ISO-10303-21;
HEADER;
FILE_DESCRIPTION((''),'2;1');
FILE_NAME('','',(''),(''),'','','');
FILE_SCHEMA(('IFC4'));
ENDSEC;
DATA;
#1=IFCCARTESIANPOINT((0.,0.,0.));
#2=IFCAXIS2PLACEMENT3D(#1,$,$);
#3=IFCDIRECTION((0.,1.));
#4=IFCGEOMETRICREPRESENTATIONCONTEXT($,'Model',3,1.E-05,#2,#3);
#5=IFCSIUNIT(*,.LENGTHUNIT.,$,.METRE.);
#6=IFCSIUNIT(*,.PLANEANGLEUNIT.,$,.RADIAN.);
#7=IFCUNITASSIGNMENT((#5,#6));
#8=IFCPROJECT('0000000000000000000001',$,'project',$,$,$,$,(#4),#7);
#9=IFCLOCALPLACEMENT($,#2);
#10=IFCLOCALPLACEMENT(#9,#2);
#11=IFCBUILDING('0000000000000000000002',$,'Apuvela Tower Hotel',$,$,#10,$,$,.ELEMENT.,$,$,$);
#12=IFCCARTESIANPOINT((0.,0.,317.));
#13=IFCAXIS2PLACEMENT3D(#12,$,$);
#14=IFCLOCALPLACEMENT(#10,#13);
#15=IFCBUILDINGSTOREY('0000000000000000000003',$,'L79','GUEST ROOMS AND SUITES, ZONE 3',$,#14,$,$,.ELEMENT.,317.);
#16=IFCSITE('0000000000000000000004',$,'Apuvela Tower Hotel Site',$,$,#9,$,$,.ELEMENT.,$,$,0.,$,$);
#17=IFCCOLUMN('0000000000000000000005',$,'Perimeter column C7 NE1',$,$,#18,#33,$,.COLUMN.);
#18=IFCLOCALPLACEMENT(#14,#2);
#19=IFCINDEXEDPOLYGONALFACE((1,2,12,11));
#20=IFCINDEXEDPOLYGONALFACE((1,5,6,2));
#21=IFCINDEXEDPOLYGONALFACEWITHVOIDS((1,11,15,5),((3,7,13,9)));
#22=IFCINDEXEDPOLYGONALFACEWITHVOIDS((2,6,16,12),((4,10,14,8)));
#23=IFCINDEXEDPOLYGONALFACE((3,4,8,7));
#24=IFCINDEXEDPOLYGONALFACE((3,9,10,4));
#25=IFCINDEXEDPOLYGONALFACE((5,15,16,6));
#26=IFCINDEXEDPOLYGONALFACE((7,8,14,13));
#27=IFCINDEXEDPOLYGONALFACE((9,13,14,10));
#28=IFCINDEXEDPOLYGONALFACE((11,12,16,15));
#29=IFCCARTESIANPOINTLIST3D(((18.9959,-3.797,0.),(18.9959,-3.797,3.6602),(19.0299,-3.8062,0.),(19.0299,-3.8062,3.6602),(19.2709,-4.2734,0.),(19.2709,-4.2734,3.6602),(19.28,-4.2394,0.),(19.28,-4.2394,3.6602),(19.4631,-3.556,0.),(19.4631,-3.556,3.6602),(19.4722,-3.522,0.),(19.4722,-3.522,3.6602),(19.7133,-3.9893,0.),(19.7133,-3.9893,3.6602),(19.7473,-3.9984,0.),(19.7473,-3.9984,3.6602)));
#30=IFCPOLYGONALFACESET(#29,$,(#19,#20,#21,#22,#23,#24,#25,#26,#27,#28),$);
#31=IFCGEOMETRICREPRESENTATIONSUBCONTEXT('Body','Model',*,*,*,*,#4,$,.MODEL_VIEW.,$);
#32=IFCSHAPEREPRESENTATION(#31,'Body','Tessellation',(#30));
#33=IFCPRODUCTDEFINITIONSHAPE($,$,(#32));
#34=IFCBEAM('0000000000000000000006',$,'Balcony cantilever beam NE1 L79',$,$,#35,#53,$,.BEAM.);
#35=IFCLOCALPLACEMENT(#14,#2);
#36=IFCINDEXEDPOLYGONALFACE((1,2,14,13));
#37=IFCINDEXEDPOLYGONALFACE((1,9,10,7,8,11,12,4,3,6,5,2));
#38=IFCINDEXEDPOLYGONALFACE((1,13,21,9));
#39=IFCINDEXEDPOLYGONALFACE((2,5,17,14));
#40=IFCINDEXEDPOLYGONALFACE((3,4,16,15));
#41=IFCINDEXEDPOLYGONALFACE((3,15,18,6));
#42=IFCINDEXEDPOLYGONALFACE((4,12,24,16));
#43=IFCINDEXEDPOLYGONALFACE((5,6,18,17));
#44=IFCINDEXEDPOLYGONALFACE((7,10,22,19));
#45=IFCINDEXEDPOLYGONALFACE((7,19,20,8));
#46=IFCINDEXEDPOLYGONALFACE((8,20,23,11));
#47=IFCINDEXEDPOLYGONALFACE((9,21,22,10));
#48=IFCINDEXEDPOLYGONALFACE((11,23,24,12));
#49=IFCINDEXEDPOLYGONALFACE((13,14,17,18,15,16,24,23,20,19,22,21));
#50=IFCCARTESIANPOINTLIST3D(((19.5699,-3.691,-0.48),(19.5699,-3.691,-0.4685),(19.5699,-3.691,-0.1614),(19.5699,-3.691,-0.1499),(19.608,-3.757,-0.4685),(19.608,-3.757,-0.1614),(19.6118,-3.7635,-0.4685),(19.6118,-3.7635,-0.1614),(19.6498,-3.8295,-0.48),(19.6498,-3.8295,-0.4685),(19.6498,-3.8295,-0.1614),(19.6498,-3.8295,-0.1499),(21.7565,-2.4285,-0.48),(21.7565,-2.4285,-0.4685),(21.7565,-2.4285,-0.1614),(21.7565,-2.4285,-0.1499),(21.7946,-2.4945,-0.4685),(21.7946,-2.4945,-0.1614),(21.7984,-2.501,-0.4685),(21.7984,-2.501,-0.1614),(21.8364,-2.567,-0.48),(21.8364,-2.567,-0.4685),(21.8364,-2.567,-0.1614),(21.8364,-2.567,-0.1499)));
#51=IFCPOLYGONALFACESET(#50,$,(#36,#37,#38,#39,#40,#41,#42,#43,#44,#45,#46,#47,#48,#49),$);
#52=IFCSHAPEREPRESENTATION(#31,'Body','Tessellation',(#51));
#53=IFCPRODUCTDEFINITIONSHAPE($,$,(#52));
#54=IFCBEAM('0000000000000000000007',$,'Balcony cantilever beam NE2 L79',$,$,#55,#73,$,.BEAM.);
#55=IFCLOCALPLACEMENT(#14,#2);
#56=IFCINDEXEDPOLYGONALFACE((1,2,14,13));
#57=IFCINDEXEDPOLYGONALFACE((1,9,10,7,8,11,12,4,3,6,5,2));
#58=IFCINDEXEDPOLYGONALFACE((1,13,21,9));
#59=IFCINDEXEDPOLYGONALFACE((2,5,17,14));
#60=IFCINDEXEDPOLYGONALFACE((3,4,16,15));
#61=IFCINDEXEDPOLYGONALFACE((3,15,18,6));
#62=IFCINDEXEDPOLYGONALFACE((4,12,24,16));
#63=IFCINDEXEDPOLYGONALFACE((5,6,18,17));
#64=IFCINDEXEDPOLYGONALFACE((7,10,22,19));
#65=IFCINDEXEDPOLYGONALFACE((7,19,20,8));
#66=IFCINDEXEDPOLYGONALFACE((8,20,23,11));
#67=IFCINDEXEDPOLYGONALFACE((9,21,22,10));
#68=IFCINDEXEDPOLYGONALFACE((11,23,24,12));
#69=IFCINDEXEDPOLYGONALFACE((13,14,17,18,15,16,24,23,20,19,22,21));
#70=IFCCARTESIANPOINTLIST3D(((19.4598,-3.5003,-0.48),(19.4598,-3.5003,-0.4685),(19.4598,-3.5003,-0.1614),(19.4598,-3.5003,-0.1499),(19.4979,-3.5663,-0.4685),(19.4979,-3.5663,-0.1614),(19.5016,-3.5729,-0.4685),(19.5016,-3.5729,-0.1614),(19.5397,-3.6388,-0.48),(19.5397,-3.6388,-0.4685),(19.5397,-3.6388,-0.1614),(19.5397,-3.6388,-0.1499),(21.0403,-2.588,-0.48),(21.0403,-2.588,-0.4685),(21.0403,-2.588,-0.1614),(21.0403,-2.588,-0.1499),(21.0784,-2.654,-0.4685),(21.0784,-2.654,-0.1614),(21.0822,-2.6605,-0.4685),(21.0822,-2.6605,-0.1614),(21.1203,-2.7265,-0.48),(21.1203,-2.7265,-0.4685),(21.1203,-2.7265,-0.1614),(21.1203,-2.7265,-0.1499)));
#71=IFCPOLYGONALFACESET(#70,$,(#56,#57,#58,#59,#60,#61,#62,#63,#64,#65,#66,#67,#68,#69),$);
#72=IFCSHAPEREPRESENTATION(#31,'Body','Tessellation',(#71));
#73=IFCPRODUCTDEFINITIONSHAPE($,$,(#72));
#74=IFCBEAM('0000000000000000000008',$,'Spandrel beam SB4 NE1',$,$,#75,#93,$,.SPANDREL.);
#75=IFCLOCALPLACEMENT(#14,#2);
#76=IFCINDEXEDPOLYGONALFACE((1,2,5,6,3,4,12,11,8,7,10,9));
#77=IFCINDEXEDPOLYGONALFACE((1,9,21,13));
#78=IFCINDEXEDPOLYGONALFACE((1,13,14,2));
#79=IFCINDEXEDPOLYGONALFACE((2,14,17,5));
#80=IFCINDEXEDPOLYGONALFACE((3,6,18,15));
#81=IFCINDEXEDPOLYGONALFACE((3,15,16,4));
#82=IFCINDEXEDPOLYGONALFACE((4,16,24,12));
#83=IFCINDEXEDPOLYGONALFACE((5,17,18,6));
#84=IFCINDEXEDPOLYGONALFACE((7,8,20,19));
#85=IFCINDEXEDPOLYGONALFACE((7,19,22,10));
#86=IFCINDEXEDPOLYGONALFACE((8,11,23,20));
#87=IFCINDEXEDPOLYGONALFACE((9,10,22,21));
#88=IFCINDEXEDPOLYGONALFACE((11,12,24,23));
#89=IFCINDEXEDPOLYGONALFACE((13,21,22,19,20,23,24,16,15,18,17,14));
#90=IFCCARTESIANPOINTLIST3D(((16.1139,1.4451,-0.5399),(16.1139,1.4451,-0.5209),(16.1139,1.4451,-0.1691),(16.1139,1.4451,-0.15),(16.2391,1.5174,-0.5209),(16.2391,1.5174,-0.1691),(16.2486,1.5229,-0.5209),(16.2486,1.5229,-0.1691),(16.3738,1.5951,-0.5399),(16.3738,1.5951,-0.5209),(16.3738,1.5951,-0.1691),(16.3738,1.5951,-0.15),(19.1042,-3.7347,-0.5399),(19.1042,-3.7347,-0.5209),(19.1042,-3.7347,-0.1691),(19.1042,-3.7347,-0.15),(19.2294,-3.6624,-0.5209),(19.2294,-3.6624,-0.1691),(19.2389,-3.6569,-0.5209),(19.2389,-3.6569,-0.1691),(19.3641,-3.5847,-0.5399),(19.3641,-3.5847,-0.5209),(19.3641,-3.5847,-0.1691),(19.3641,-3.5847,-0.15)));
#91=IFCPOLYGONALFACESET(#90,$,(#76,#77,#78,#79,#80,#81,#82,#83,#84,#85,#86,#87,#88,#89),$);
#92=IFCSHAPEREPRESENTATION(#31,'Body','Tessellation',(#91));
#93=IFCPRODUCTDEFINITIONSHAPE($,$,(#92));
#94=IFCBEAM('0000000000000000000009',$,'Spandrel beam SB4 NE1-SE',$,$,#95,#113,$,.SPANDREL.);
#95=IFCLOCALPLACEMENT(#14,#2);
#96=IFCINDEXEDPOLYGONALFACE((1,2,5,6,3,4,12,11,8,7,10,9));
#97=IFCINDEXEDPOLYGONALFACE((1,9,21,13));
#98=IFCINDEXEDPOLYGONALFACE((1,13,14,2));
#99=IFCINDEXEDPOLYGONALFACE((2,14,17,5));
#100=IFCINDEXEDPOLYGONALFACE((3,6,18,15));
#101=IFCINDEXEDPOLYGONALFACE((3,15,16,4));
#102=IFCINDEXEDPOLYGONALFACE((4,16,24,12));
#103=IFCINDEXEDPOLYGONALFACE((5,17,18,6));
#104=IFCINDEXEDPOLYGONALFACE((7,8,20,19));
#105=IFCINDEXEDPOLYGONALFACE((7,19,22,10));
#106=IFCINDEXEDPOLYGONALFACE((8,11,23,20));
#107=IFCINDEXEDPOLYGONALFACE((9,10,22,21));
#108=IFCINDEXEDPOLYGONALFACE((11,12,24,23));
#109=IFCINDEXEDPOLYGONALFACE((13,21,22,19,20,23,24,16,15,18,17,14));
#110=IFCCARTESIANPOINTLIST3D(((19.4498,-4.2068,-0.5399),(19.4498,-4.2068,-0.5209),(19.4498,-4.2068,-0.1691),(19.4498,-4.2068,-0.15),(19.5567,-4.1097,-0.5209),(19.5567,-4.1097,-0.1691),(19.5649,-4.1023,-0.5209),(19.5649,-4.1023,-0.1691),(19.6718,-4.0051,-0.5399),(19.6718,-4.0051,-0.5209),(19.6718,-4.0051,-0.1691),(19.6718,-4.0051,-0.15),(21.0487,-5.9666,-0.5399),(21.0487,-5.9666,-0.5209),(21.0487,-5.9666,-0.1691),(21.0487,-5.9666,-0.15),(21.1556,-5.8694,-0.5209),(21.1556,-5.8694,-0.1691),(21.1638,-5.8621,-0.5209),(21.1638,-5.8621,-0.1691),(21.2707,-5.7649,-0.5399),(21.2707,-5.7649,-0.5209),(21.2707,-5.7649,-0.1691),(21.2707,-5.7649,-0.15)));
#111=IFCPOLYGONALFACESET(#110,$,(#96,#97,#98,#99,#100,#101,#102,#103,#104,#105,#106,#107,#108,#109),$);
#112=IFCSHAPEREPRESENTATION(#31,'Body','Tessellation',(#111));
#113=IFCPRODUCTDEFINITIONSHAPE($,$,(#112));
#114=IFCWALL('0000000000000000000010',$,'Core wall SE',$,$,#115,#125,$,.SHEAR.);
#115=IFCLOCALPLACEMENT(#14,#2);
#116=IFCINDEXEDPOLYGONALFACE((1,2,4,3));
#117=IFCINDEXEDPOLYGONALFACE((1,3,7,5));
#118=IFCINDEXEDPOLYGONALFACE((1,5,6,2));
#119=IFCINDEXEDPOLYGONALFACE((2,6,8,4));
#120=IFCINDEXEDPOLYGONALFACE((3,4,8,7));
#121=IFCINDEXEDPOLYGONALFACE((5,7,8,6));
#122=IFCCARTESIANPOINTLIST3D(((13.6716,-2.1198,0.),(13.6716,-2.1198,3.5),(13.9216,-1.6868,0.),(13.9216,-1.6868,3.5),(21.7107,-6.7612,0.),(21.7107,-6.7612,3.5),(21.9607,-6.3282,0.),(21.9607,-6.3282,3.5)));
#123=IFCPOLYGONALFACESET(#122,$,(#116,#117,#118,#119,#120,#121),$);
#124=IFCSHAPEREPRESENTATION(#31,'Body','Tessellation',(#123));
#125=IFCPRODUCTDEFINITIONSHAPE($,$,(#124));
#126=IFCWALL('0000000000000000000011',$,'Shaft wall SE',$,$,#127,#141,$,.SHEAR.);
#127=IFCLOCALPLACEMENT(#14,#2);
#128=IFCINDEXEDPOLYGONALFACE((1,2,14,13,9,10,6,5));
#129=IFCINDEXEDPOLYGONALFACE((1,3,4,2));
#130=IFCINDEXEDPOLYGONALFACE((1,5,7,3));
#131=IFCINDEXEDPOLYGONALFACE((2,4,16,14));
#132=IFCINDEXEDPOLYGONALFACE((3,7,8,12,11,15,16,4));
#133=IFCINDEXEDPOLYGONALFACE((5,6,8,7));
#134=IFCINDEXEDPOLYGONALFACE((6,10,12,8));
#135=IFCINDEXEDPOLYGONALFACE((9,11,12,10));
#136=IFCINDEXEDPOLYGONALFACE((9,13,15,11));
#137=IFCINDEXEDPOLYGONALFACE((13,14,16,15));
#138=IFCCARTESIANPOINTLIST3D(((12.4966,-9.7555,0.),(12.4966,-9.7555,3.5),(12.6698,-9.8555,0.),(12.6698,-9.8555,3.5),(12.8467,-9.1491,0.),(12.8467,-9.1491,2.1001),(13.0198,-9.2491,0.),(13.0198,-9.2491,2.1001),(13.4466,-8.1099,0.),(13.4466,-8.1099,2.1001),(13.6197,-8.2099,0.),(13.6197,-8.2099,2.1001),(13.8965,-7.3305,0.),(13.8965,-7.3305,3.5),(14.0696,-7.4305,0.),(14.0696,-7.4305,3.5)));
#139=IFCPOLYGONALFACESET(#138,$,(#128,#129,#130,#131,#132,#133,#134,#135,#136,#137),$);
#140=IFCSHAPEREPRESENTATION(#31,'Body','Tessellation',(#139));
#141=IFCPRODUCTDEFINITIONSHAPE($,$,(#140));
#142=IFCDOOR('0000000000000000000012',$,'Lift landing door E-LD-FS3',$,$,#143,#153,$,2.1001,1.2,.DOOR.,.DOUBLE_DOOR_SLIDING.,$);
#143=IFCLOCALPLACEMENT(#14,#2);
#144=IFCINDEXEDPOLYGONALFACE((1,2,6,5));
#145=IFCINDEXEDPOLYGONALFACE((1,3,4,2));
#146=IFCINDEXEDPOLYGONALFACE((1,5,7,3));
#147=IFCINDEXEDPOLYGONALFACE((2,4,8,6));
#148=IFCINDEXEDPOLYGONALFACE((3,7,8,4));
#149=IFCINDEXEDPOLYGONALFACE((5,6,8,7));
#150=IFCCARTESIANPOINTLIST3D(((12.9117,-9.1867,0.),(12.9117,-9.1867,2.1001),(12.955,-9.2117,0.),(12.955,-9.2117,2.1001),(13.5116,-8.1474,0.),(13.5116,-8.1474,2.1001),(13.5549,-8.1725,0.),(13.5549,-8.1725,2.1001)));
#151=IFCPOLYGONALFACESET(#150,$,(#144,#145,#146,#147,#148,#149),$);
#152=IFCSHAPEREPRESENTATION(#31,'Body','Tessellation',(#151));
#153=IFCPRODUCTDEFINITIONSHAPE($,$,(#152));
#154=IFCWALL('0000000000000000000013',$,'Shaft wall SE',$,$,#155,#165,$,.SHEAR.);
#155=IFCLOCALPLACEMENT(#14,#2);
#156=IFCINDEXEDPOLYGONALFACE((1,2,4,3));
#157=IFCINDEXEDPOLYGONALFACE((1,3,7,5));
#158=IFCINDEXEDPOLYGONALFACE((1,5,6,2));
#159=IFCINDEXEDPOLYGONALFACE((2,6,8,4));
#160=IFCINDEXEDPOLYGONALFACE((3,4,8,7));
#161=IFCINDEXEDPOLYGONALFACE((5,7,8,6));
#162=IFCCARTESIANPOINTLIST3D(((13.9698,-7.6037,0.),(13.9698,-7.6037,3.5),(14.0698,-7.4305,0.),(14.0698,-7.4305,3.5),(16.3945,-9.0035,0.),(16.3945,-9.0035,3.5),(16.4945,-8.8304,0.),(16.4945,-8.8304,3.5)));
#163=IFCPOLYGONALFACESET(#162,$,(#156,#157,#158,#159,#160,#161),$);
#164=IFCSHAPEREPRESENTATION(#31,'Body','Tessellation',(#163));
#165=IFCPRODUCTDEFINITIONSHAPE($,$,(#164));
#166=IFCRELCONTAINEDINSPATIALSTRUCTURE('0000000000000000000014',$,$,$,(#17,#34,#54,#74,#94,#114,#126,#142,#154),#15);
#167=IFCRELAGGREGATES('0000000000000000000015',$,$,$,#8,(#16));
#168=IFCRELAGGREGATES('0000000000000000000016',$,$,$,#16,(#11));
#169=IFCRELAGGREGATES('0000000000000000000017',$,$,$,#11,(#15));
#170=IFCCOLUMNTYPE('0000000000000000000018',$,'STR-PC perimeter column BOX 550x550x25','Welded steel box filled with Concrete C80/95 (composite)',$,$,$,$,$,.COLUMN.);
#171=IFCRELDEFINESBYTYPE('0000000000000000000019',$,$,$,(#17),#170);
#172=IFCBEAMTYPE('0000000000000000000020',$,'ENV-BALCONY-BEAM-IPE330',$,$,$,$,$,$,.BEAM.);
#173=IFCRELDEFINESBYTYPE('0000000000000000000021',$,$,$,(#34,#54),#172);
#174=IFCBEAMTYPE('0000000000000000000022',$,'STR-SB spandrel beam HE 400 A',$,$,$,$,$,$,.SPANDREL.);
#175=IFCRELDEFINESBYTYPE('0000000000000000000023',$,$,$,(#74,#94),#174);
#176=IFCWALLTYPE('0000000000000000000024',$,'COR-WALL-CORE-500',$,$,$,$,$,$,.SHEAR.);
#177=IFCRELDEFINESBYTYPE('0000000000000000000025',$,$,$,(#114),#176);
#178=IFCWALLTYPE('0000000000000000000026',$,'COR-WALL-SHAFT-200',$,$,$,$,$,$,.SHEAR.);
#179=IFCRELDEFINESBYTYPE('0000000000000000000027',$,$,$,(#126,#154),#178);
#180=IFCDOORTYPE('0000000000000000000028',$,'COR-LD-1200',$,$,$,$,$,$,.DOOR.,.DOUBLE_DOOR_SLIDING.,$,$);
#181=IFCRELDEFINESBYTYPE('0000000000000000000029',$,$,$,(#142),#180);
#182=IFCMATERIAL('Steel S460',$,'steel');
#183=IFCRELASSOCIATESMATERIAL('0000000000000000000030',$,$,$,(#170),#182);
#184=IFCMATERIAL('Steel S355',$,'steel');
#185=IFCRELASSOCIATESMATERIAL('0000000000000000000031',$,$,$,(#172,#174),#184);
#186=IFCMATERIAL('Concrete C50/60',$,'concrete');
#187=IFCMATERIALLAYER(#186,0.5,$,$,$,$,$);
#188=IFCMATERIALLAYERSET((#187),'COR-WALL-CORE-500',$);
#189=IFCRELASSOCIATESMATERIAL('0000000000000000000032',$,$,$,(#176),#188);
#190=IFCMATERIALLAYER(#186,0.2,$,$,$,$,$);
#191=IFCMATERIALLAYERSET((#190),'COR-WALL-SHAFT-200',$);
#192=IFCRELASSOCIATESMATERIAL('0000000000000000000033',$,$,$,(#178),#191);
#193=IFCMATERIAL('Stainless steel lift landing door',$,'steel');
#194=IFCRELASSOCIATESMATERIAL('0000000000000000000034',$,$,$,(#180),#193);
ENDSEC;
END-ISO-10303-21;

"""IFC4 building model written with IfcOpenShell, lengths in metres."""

from ifc_helpers import new_model, si_unit, direction, frame, frame_2d, origin, origin_2d, place, context, subcontext, project, spatial, rectangle, hollow_rectangle, i_section, extrude, boolean, halfspace, material, layer, layer_set, material_profile, profile_set, type_object, element, fill, save


model = new_model("IFC4")

# Units and contexts
model_context = context("Model", 3, precision=1e-05, world=origin(), true_north=direction((0.0, 1.0)))
body_context = subcontext(model_context, "Body", "Model", "MODEL_VIEW")
ifc_project = project(units=[si_unit("LENGTHUNIT", "METRE"), si_unit("PLANEANGLEUNIT", "RADIAN")], contexts=[model_context])

# Site, building, storey
site_placement = place(None, origin())
site = spatial("IfcSite", under=ifc_project, at=site_placement, Name="Apuvela Tower Hotel Site", CompositionType="ELEMENT", RefElevation=0.0)
building_placement = place(site_placement, origin())
building = spatial("IfcBuilding", under=site, at=building_placement, Name="Apuvela Tower Hotel", CompositionType="ELEMENT")
storey_placement = place(building_placement, frame((0.0, 0.0, 317.0)))
storey = spatial("IfcBuildingStorey", under=building, at=storey_placement, Name="L79", Description="GUEST ROOMS AND SUITES, ZONE 3", CompositionType="ELEMENT", Elevation=317.0)

# Column
ifc_material_1 = material(Name="Steel S460", Category="steel")
ifc_material_profile_1 = material_profile(ifc_material_1, hollow_rectangle(XDim=0.55, YDim=0.55, WallThickness=0.0249, at=origin_2d()), Name="BOX 550x550x25")
ifc_material_2 = material(Name="Concrete C80/95", Category="concrete")
ifc_material_profile_2 = material_profile(ifc_material_2, rectangle(XDim=0.5, YDim=0.5, at=origin_2d()), Name="Concrete C80/95 infill")
ifc_profile_set_1 = profile_set([ifc_material_profile_1, ifc_material_profile_2], Name="Steel S460")
column_type = type_object("IfcColumnType", Name="STR-PC perimeter column BOX 550x550x25", Description="Welded steel box filled with Concrete C80/95 (composite)", PredefinedType="COLUMN", material=ifc_profile_set_1)
column_placement = place(storey_placement, frame((19.3716, -3.8977, 0.0), z_axis=(0.0, 0.0, 1.0), x_axis=(-0.5, 0.866025, 0.0)))
element("IfcColumn", 1, at=column_placement, inside=storey, type_object=column_type, Name="Perimeter column C7 NE1", PredefinedType="COLUMN", context=body_context, shape_type="SweptSolid", body=[
    boolean("DIFFERENCE", extrude(hollow_rectangle(XDim=0.55, YDim=0.55, WallThickness=0.0249, at=origin_2d()), origin(), (0.0, 0.0, 1.0), 3.7), halfspace(frame((0.0, 0.0, 3.6602), z_axis=(0.0, 0.0, 1.0), x_axis=(1.0, 0.0, 0.0)), False)),
])

# Beams
ifc_material_3 = material(Name="Steel S355", Category="steel")
ifc_material_profile_3 = material_profile(ifc_material_3, i_section(OverallWidth=0.1599, OverallDepth=0.3301, WebThickness=0.0076, FlangeThickness=0.0115, at=origin_2d()), Name="IPE 330")
ifc_profile_set_2 = profile_set([ifc_material_profile_3], Name="Steel S355")
beam_type_1 = type_object("IfcBeamType", Name="ENV-BALCONY-BEAM-IPE330", PredefinedType="BEAM", material=ifc_profile_set_2)
beam_1_placement = place(storey_placement, frame((19.6099, -3.7603, -0.3149), z_axis=(0.866015, 0.500018, 0.0), x_axis=(-0.500018, 0.866015, 0.0)))
element("IfcBeam", 2, at=beam_1_placement, inside=storey, type_object=beam_type_1, Name="Balcony cantilever beam NE1 L79", PredefinedType="BEAM", context=body_context, shape_type="SweptSolid", body=[
    extrude(i_section(OverallWidth=0.1599, OverallDepth=0.3301, WebThickness=0.0076, FlangeThickness=0.0115, at=origin_2d()), origin(), (0.0, 0.0, 1.0), 2.5249),
])
beam_2_placement = place(storey_placement, frame((19.4998, -3.5696, -0.3149), z_axis=(0.86607, 0.499923, 0.0), x_axis=(-0.499923, 0.86607, 0.0)))
element("IfcBeam", 3, at=beam_2_placement, inside=storey, type_object=beam_type_1, Name="Balcony cantilever beam NE2 L79", PredefinedType="BEAM", context=body_context, shape_type="SweptSolid", body=[
    extrude(i_section(OverallWidth=0.1599, OverallDepth=0.3301, WebThickness=0.0076, FlangeThickness=0.0115, at=origin_2d()), origin(), (0.0, 0.0, 1.0), 1.825),
])
ifc_material_profile_4 = material_profile(ifc_material_3, i_section(OverallWidth=0.3, OverallDepth=0.3899, WebThickness=0.011, FlangeThickness=0.019, at=origin_2d()), Name="HE 400 A")
ifc_profile_set_3 = profile_set([ifc_material_profile_4], Name="Steel S355")
beam_type_2 = type_object("IfcBeamType", Name="STR-SB spandrel beam HE 400 A", PredefinedType="SPANDREL", material=ifc_profile_set_3)
beam_3_placement = place(storey_placement, frame((19.2341, -3.6597, -0.345), z_axis=(-0.499967, 0.866044, 0.0), x_axis=(-0.866044, -0.499967, 0.0)))
element("IfcBeam", 4, at=beam_3_placement, inside=storey, type_object=beam_type_2, Name="Spandrel beam SB4 NE1", PredefinedType="SPANDREL", context=body_context, shape_type="SweptSolid", body=[
    extrude(i_section(OverallWidth=0.3, OverallDepth=0.3899, WebThickness=0.011, FlangeThickness=0.019, at=origin_2d()), origin(), (0.0, 0.0, 1.0), 5.981),
])
beam_4_placement = place(storey_placement, frame((19.5608, -4.106, -0.345), z_axis=(0.672463, -0.740131, 0.0), x_axis=(0.740131, 0.672463, 0.0)))
element("IfcBeam", 5, at=beam_4_placement, inside=storey, type_object=beam_type_2, Name="Spandrel beam SB4 NE1-SE", PredefinedType="SPANDREL", context=body_context, shape_type="SweptSolid", body=[
    extrude(i_section(OverallWidth=0.3, OverallDepth=0.3899, WebThickness=0.011, FlangeThickness=0.019, at=origin_2d()), origin(), (0.0, 0.0, 1.0), 2.3777),
])

# Wall
ifc_material_4 = material(Name="Concrete C50/60", Category="concrete")
ifc_layer_1 = layer(ifc_material_4, 0.5)
ifc_layer_set_1 = layer_set([ifc_layer_1], Name="COR-WALL-CORE-500")
wall_type_1 = type_object("IfcWallType", Name="COR-WALL-CORE-500", PredefinedType="SHEAR", material=ifc_layer_set_1)
wall_1_placement = place(storey_placement, frame((13.7966, -1.9033, 0.0), z_axis=(0.0, 0.0, 1.0), x_axis=(0.866025, -0.5, 0.0)))
element("IfcWall", 6, at=wall_1_placement, inside=storey, type_object=wall_type_1, Name="Core wall SE", PredefinedType="SHEAR", context=body_context, shape_type="SweptSolid", body=[
    extrude(rectangle(XDim=9.2827, YDim=0.5, at=frame_2d((4.6414, 0.0))), origin(), (0.0, 0.0, 1.0), 3.5),
])

# Wall, opening, door
ifc_layer_2 = layer(ifc_material_4, 0.2)
ifc_layer_set_2 = layer_set([ifc_layer_2], Name="COR-WALL-SHAFT-200")
wall_type_2 = type_object("IfcWallType", Name="COR-WALL-SHAFT-200", PredefinedType="SHEAR", material=ifc_layer_set_2)
wall_2_placement = place(storey_placement, frame((12.5833, -9.8054, 0.0), z_axis=(0.0, 0.0, 1.0), x_axis=(0.499946, 0.866056, 0.0)))
wall_2 = element("IfcWall", 7, at=wall_2_placement, inside=storey, type_object=wall_type_2, Name="Shaft wall SE", PredefinedType="SHEAR", context=body_context, shape_type="SweptSolid", body=[
    extrude(rectangle(XDim=2.8, YDim=0.2, at=frame_2d((1.3999, 0.0))), origin(), (0.0, 0.0, 1.0), 3.5),
])
opening_1_placement = place(wall_2_placement, frame((0.7, 0.0, 0.0)))
opening_1 = element("IfcOpeningElement", 8, at=opening_1_placement, cuts=wall_2, PredefinedType="OPENING", context=body_context, shape_type="SweptSolid", body=[
    extrude(rectangle(XDim=1.2, YDim=2.1001, at=frame_2d((0.6001, 1.05))), frame((0.0, 0.1099, 0.0), z_axis=(0.0, -1.0, 0.0), x_axis=(1.0, 0.0, 0.0)), (0.0, 0.0, 1.0), 0.22),
])
ifc_material_5 = material(Name="Stainless steel lift landing door", Category="steel")
door_type_1 = type_object("IfcDoorType", Name="COR-LD-1200", OperationType="DOUBLE_DOOR_SLIDING", PredefinedType="DOOR", material=ifc_material_5)
door_1_placement = place(opening_1_placement, origin())
door_1 = element("IfcDoor", 9, at=door_1_placement, inside=storey, type_object=door_type_1, Name="Lift landing door E-LD-FS3", OperationType="DOUBLE_DOOR_SLIDING", OverallHeight=2.1001, OverallWidth=1.2, PredefinedType="DOOR", context=body_context, shape_type="SweptSolid", body=[
    extrude(rectangle(XDim=1.2, YDim=2.1001, at=frame_2d((0.6001, 1.05))), frame((0.0, 0.0249, 0.0), z_axis=(0.0, -1.0, 0.0), x_axis=(1.0, 0.0, 0.0)), (0.0, 0.0, 1.0), 0.05),
])
fill(opening_1, door_1)

# Wall
wall_3_placement = place(storey_placement, frame((14.0198, -7.5171, 0.0), z_axis=(0.0, 0.0, 1.0), x_axis=(0.866035, -0.499984, 0.0)))
element("IfcWall", 10, at=wall_3_placement, inside=storey, type_object=wall_type_2, Name="Shaft wall SE", PredefinedType="SHEAR", context=body_context, shape_type="SweptSolid", body=[
    extrude(rectangle(XDim=2.7998, YDim=0.2, at=frame_2d((1.3999, 0.0))), origin(), (0.0, 0.0, 1.0), 3.5),
])

save(model, "model.ifc")
